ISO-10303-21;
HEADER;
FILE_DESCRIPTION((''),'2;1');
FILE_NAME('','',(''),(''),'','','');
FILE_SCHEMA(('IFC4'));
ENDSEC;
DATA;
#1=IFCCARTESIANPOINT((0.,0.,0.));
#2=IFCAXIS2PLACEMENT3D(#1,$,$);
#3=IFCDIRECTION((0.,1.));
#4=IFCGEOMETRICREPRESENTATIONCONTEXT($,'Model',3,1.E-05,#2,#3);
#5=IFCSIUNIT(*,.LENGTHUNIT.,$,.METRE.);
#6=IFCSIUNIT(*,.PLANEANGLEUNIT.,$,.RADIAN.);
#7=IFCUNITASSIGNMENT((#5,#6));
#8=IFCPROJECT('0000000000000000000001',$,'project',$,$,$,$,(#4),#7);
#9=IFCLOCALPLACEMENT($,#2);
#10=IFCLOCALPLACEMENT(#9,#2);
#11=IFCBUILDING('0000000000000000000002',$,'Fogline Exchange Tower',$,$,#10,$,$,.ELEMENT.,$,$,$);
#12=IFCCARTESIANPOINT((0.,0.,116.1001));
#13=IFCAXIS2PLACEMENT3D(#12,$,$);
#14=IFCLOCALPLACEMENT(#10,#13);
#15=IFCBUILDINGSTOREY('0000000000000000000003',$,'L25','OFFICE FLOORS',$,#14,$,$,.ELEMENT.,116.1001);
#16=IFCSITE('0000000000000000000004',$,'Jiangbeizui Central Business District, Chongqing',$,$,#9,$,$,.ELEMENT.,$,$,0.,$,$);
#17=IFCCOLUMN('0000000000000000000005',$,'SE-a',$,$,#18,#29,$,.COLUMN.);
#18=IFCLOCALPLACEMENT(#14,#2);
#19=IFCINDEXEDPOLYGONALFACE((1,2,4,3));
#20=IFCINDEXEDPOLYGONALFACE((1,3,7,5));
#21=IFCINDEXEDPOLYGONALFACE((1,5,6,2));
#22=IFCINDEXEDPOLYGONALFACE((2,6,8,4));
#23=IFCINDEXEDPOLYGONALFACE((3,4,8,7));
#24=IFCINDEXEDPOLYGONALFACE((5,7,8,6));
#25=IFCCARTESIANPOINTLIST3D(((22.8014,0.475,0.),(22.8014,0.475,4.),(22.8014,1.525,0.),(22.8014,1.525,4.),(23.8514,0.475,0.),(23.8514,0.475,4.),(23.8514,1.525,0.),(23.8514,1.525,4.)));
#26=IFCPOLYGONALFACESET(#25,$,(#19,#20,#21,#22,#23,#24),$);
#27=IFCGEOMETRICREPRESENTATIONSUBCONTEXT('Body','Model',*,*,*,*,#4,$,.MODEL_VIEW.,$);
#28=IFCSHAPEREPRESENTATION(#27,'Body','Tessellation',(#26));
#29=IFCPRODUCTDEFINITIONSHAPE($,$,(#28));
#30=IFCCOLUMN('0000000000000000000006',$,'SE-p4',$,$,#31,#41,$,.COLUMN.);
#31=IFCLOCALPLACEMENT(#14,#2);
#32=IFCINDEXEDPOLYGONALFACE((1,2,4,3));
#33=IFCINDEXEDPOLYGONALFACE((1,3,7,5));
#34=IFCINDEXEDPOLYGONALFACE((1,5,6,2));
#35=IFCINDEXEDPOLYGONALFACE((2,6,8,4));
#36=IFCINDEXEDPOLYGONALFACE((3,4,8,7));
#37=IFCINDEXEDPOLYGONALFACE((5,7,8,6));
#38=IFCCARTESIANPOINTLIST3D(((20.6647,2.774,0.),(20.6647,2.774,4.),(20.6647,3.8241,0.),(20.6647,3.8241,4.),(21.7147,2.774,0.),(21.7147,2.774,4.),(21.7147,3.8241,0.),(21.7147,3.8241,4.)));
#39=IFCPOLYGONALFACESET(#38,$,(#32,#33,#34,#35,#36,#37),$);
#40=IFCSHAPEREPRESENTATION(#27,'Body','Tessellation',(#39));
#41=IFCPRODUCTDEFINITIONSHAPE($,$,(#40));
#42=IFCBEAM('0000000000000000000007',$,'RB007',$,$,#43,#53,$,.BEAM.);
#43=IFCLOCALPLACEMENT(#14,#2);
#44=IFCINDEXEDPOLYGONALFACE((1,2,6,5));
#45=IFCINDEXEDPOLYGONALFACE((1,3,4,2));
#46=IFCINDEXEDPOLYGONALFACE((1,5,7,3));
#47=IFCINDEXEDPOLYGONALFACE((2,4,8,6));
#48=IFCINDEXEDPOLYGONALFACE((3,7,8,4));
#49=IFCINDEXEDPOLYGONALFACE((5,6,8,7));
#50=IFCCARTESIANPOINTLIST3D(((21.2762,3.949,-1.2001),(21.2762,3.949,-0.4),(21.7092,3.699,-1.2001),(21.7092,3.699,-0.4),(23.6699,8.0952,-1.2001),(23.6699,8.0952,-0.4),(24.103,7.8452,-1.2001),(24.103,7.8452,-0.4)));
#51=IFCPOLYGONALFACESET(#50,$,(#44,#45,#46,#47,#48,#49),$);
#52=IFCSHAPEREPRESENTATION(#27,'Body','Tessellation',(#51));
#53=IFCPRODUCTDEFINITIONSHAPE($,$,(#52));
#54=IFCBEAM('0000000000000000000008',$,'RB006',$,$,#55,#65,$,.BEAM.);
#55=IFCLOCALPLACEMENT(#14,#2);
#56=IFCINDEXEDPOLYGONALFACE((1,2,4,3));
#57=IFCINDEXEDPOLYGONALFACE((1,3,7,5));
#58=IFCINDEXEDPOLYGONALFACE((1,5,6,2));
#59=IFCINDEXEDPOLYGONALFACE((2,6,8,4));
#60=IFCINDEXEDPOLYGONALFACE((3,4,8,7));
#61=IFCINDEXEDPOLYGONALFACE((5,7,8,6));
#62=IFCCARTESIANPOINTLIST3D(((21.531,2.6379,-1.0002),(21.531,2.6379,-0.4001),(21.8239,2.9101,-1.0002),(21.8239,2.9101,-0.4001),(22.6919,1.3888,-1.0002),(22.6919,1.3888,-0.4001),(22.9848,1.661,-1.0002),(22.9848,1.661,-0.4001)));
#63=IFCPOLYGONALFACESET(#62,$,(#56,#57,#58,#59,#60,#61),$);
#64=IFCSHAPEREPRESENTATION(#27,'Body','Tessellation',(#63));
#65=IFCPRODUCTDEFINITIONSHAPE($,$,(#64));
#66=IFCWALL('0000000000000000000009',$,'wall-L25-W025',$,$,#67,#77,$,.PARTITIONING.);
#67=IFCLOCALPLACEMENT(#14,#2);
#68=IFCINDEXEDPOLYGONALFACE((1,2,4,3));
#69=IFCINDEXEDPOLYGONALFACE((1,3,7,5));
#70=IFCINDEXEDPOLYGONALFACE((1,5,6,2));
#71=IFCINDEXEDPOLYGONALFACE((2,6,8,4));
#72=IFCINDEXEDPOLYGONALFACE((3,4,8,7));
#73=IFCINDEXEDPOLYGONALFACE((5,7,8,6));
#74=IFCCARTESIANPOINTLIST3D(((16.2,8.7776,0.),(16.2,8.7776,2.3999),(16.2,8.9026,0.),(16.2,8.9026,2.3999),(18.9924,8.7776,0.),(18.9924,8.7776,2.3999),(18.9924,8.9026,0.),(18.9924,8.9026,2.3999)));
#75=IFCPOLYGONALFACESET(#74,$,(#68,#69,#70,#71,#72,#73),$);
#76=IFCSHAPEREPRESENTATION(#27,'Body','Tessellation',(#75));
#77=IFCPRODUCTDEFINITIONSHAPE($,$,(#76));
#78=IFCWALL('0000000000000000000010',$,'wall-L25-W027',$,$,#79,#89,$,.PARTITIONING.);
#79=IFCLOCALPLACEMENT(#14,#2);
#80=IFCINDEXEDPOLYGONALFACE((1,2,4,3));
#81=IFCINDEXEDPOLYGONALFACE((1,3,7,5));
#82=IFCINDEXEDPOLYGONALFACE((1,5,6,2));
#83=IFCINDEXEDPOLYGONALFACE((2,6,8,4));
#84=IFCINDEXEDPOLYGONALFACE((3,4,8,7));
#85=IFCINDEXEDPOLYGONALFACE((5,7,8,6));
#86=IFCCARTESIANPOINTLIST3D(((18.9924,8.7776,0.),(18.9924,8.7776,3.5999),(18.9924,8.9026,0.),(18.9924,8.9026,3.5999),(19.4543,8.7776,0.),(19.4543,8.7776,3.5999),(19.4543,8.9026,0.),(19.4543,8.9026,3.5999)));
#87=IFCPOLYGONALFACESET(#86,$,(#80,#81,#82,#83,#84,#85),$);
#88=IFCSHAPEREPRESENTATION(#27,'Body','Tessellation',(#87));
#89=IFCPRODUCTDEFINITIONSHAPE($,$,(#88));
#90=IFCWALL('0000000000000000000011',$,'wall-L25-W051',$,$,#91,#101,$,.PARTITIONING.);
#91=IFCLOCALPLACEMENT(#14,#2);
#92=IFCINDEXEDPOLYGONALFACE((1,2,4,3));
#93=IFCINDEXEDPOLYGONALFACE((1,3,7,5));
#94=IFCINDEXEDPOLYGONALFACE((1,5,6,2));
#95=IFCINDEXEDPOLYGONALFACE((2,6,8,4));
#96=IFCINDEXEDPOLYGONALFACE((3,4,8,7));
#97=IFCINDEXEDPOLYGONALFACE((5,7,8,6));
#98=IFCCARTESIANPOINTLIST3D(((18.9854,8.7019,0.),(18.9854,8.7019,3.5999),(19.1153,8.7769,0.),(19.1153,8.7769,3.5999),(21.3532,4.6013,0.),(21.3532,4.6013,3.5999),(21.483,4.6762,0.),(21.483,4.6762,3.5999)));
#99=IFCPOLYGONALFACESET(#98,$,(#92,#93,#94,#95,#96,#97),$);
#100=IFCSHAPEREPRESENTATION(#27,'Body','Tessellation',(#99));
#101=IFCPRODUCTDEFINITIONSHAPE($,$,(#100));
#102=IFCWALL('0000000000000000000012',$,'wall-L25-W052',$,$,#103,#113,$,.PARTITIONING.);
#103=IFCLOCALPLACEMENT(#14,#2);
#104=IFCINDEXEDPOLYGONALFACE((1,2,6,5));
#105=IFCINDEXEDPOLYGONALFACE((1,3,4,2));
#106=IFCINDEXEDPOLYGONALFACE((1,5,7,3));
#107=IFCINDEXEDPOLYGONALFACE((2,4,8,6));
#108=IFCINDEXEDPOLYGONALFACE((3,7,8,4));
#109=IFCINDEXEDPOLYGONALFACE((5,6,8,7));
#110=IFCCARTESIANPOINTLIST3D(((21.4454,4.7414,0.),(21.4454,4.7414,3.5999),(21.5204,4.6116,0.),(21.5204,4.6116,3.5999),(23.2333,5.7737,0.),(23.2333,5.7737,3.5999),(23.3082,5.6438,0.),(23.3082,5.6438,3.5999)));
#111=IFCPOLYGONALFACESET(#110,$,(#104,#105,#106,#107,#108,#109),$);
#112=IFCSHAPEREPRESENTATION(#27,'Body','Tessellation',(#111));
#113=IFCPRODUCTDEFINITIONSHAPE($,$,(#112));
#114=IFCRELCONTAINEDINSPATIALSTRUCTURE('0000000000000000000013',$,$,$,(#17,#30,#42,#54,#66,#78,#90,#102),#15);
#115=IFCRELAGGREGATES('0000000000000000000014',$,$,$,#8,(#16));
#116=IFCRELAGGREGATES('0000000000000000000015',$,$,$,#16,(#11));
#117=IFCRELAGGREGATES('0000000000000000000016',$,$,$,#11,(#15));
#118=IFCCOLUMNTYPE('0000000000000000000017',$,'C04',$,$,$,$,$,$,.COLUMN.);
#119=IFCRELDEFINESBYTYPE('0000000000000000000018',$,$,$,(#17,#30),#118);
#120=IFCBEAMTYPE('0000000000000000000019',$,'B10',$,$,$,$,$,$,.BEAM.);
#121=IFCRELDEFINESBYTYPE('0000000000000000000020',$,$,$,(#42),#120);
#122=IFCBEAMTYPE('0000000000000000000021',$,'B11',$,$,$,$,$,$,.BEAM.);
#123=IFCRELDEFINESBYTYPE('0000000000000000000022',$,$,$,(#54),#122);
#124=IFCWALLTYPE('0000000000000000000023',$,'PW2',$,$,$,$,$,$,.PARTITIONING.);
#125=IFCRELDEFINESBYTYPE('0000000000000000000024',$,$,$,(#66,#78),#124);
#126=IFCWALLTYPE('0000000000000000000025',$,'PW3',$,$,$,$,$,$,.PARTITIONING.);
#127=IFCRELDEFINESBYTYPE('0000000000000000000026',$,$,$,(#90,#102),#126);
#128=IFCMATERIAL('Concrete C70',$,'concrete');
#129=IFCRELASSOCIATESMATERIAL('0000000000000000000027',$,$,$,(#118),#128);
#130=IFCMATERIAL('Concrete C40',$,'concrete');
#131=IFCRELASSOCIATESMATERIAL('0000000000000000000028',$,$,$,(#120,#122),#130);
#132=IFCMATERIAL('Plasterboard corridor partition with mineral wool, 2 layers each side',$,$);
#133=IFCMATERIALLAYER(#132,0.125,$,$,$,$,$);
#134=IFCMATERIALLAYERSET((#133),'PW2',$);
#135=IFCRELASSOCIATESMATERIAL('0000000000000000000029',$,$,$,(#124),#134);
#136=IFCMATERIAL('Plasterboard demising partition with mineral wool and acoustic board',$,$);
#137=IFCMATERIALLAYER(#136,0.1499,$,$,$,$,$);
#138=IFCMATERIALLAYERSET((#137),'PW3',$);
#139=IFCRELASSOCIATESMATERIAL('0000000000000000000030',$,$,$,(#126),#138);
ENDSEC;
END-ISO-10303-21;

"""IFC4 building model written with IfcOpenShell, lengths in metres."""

from ifc_helpers import new_model, si_unit, direction, frame, frame_2d, origin, origin_2d, place, context, subcontext, project, spatial, rectangle, extrude, material, layer, layer_set, material_profile, profile_set, type_object, element, save


model = new_model("IFC4")

# Units and contexts
model_context = context("Model", 3, precision=1e-05, world=origin(), true_north=direction((0.0, 1.0)))
body_context = subcontext(model_context, "Body", "Model", "MODEL_VIEW")
ifc_project = project(units=[si_unit("LENGTHUNIT", "METRE"), si_unit("PLANEANGLEUNIT", "RADIAN")], contexts=[model_context])

# Site, building, storey
site_placement = place(None, origin())
site = spatial("IfcSite", under=ifc_project, at=site_placement, Name="Jiangbeizui Central Business District, Chongqing", CompositionType="ELEMENT", RefElevation=0.0)
building_placement = place(site_placement, origin())
building = spatial("IfcBuilding", under=site, at=building_placement, Name="Fogline Exchange Tower", CompositionType="ELEMENT")
storey_placement = place(building_placement, frame((0.0, 0.0, 116.1001)))
storey = spatial("IfcBuildingStorey", under=building, at=storey_placement, Name="L25", Description="OFFICE FLOORS", CompositionType="ELEMENT", Elevation=116.1001)

# Columns
ifc_material_1 = material(Name="Concrete C70", Category="concrete")
ifc_material_profile_1 = material_profile(ifc_material_1, rectangle(XDim=1.05, YDim=1.05, at=origin_2d()), Name="RC 1050x1050")
ifc_profile_set_1 = profile_set([ifc_material_profile_1], Name="Concrete C70")
column_type = type_object("IfcColumnType", Name="C04", PredefinedType="COLUMN", material=ifc_profile_set_1)
for number, where, z_axis, x_axis, name in (
    (1, (23.3264, 1.0, 0.0), (0.0, 0.0, 1.0), (1.0, 0.0, 0.0), "SE-a"),
    (2, (21.1897, 3.2991, 0.0), (0.0, 0.0, 1.0), (1.0, 0.0, 0.0), "SE-p4"),
):
    element("IfcColumn", number, at=place(storey_placement, frame(where, z_axis=z_axis, x_axis=x_axis)), inside=storey, type_object=column_type, Name=name, PredefinedType="COLUMN", context=body_context, shape_type="SweptSolid", body=[
        extrude(rectangle(XDim=1.05, YDim=1.05, at=origin_2d()), origin(), (0.0, 0.0, 1.0), 4.0),
    ])

# Beams
ifc_material_2 = material(Name="Concrete C40", Category="concrete")
ifc_material_profile_2 = material_profile(ifc_material_2, rectangle(XDim=0.5, YDim=0.8, at=origin_2d()), Name="RC 500x800")
ifc_profile_set_2 = profile_set([ifc_material_profile_2], Name="Concrete C40")
beam_type_1 = type_object("IfcBeamType", Name="B10", PredefinedType="BEAM", material=ifc_profile_set_2)
beam_1_placement = place(storey_placement, frame((21.4927, 3.824, -0.8), z_axis=(0.499995, 0.866028, 0.0), x_axis=(-0.866028, 0.499995, 0.0)))
element("IfcBeam", 3, at=beam_1_placement, inside=storey, type_object=beam_type_1, Name="RB007", PredefinedType="BEAM", context=body_context, shape_type="SweptSolid", body=[
    extrude(rectangle(XDim=0.5, YDim=0.8, at=origin_2d()), origin(), (0.0, 0.0, 1.0), 4.7876),
])
ifc_material_profile_3 = material_profile(ifc_material_2, rectangle(XDim=0.3999, YDim=0.6001, at=origin_2d()), Name="RC 400x600")
ifc_profile_set_3 = profile_set([ifc_material_profile_3], Name="Concrete C40")
beam_type_2 = type_object("IfcBeamType", Name="B11", PredefinedType="BEAM", material=ifc_profile_set_3)
beam_2_placement = place(storey_placement, frame((22.8384, 1.5249, -0.7002), z_axis=(-0.680792, 0.732477, 0.0), x_axis=(-0.732477, -0.680792, 0.0)))
element("IfcBeam", 4, at=beam_2_placement, inside=storey, type_object=beam_type_2, Name="RB006", PredefinedType="BEAM", context=body_context, shape_type="SweptSolid", body=[
    extrude(rectangle(XDim=0.3999, YDim=0.6001, at=origin_2d()), origin(), (0.0, 0.0, 1.0), 1.7053),
])

# Walls
ifc_material_3 = material(Name="Plasterboard corridor partition with mineral wool, 2 layers each side")
ifc_layer_1 = layer(ifc_material_3, 0.125)
ifc_layer_set_1 = layer_set([ifc_layer_1], Name="PW2")
wall_type_1 = type_object("IfcWallType", Name="PW2", PredefinedType="PARTITIONING", material=ifc_layer_set_1)
wall_1_placement = place(storey_placement, frame((18.9924, 8.8401, 0.0), z_axis=(0.0, 0.0, 1.0), x_axis=(-1.0, 0.0, 0.0)))
element("IfcWall", 5, at=wall_1_placement, inside=storey, type_object=wall_type_1, Name="wall-L25-W025", PredefinedType="PARTITIONING", context=body_context, shape_type="SweptSolid", body=[
    extrude(rectangle(XDim=2.7925, YDim=0.125, at=frame_2d((1.3962, 0.0))), origin(), (0.0, 0.0, 1.0), 2.3999),
])
wall_2_placement = place(storey_placement, frame((19.4543, 8.8401, 0.0), z_axis=(0.0, 0.0, 1.0), x_axis=(-1.0, 0.0, 0.0)))
element("IfcWall", 6, at=wall_2_placement, inside=storey, type_object=wall_type_1, Name="wall-L25-W027", PredefinedType="PARTITIONING", context=body_context, shape_type="SweptSolid", body=[
    extrude(rectangle(XDim=0.4619, YDim=0.125, at=frame_2d((0.231, 0.0))), origin(), (0.0, 0.0, 1.0), 3.5999),
])
ifc_material_4 = material(Name="Plasterboard demising partition with mineral wool and acoustic board")
ifc_layer_2 = layer(ifc_material_4, 0.1499)
ifc_layer_set_2 = layer_set([ifc_layer_2], Name="PW3")
wall_type_2 = type_object("IfcWallType", Name="PW3", PredefinedType="PARTITIONING", material=ifc_layer_set_2)
wall_3_placement = place(storey_placement, frame((19.0503, 8.7395, 0.0), z_axis=(0.0, 0.0, 1.0), x_axis=(0.500032, -0.866007, 0.0)))
element("IfcWall", 7, at=wall_3_placement, inside=storey, type_object=wall_type_2, Name="wall-L25-W051", PredefinedType="PARTITIONING", context=body_context, shape_type="SweptSolid", body=[
    extrude(rectangle(XDim=4.7351, YDim=0.1499, at=frame_2d((2.3677, 0.0))), origin(), (0.0, 0.0, 1.0), 3.5999),
])
wall_4_placement = place(storey_placement, frame((21.4829, 4.6765, 0.0), z_axis=(0.0, 0.0, 1.0), x_axis=(0.866022, 0.500006, 0.0)))
element("IfcWall", 8, at=wall_4_placement, inside=storey, type_object=wall_type_2, Name="wall-L25-W052", PredefinedType="PARTITIONING", context=body_context, shape_type="SweptSolid", body=[
    extrude(rectangle(XDim=2.0645, YDim=0.1499, at=frame_2d((1.0322, 0.0))), origin(), (0.0, 0.0, 1.0), 3.5999),
])

save(model, "model.ifc")
